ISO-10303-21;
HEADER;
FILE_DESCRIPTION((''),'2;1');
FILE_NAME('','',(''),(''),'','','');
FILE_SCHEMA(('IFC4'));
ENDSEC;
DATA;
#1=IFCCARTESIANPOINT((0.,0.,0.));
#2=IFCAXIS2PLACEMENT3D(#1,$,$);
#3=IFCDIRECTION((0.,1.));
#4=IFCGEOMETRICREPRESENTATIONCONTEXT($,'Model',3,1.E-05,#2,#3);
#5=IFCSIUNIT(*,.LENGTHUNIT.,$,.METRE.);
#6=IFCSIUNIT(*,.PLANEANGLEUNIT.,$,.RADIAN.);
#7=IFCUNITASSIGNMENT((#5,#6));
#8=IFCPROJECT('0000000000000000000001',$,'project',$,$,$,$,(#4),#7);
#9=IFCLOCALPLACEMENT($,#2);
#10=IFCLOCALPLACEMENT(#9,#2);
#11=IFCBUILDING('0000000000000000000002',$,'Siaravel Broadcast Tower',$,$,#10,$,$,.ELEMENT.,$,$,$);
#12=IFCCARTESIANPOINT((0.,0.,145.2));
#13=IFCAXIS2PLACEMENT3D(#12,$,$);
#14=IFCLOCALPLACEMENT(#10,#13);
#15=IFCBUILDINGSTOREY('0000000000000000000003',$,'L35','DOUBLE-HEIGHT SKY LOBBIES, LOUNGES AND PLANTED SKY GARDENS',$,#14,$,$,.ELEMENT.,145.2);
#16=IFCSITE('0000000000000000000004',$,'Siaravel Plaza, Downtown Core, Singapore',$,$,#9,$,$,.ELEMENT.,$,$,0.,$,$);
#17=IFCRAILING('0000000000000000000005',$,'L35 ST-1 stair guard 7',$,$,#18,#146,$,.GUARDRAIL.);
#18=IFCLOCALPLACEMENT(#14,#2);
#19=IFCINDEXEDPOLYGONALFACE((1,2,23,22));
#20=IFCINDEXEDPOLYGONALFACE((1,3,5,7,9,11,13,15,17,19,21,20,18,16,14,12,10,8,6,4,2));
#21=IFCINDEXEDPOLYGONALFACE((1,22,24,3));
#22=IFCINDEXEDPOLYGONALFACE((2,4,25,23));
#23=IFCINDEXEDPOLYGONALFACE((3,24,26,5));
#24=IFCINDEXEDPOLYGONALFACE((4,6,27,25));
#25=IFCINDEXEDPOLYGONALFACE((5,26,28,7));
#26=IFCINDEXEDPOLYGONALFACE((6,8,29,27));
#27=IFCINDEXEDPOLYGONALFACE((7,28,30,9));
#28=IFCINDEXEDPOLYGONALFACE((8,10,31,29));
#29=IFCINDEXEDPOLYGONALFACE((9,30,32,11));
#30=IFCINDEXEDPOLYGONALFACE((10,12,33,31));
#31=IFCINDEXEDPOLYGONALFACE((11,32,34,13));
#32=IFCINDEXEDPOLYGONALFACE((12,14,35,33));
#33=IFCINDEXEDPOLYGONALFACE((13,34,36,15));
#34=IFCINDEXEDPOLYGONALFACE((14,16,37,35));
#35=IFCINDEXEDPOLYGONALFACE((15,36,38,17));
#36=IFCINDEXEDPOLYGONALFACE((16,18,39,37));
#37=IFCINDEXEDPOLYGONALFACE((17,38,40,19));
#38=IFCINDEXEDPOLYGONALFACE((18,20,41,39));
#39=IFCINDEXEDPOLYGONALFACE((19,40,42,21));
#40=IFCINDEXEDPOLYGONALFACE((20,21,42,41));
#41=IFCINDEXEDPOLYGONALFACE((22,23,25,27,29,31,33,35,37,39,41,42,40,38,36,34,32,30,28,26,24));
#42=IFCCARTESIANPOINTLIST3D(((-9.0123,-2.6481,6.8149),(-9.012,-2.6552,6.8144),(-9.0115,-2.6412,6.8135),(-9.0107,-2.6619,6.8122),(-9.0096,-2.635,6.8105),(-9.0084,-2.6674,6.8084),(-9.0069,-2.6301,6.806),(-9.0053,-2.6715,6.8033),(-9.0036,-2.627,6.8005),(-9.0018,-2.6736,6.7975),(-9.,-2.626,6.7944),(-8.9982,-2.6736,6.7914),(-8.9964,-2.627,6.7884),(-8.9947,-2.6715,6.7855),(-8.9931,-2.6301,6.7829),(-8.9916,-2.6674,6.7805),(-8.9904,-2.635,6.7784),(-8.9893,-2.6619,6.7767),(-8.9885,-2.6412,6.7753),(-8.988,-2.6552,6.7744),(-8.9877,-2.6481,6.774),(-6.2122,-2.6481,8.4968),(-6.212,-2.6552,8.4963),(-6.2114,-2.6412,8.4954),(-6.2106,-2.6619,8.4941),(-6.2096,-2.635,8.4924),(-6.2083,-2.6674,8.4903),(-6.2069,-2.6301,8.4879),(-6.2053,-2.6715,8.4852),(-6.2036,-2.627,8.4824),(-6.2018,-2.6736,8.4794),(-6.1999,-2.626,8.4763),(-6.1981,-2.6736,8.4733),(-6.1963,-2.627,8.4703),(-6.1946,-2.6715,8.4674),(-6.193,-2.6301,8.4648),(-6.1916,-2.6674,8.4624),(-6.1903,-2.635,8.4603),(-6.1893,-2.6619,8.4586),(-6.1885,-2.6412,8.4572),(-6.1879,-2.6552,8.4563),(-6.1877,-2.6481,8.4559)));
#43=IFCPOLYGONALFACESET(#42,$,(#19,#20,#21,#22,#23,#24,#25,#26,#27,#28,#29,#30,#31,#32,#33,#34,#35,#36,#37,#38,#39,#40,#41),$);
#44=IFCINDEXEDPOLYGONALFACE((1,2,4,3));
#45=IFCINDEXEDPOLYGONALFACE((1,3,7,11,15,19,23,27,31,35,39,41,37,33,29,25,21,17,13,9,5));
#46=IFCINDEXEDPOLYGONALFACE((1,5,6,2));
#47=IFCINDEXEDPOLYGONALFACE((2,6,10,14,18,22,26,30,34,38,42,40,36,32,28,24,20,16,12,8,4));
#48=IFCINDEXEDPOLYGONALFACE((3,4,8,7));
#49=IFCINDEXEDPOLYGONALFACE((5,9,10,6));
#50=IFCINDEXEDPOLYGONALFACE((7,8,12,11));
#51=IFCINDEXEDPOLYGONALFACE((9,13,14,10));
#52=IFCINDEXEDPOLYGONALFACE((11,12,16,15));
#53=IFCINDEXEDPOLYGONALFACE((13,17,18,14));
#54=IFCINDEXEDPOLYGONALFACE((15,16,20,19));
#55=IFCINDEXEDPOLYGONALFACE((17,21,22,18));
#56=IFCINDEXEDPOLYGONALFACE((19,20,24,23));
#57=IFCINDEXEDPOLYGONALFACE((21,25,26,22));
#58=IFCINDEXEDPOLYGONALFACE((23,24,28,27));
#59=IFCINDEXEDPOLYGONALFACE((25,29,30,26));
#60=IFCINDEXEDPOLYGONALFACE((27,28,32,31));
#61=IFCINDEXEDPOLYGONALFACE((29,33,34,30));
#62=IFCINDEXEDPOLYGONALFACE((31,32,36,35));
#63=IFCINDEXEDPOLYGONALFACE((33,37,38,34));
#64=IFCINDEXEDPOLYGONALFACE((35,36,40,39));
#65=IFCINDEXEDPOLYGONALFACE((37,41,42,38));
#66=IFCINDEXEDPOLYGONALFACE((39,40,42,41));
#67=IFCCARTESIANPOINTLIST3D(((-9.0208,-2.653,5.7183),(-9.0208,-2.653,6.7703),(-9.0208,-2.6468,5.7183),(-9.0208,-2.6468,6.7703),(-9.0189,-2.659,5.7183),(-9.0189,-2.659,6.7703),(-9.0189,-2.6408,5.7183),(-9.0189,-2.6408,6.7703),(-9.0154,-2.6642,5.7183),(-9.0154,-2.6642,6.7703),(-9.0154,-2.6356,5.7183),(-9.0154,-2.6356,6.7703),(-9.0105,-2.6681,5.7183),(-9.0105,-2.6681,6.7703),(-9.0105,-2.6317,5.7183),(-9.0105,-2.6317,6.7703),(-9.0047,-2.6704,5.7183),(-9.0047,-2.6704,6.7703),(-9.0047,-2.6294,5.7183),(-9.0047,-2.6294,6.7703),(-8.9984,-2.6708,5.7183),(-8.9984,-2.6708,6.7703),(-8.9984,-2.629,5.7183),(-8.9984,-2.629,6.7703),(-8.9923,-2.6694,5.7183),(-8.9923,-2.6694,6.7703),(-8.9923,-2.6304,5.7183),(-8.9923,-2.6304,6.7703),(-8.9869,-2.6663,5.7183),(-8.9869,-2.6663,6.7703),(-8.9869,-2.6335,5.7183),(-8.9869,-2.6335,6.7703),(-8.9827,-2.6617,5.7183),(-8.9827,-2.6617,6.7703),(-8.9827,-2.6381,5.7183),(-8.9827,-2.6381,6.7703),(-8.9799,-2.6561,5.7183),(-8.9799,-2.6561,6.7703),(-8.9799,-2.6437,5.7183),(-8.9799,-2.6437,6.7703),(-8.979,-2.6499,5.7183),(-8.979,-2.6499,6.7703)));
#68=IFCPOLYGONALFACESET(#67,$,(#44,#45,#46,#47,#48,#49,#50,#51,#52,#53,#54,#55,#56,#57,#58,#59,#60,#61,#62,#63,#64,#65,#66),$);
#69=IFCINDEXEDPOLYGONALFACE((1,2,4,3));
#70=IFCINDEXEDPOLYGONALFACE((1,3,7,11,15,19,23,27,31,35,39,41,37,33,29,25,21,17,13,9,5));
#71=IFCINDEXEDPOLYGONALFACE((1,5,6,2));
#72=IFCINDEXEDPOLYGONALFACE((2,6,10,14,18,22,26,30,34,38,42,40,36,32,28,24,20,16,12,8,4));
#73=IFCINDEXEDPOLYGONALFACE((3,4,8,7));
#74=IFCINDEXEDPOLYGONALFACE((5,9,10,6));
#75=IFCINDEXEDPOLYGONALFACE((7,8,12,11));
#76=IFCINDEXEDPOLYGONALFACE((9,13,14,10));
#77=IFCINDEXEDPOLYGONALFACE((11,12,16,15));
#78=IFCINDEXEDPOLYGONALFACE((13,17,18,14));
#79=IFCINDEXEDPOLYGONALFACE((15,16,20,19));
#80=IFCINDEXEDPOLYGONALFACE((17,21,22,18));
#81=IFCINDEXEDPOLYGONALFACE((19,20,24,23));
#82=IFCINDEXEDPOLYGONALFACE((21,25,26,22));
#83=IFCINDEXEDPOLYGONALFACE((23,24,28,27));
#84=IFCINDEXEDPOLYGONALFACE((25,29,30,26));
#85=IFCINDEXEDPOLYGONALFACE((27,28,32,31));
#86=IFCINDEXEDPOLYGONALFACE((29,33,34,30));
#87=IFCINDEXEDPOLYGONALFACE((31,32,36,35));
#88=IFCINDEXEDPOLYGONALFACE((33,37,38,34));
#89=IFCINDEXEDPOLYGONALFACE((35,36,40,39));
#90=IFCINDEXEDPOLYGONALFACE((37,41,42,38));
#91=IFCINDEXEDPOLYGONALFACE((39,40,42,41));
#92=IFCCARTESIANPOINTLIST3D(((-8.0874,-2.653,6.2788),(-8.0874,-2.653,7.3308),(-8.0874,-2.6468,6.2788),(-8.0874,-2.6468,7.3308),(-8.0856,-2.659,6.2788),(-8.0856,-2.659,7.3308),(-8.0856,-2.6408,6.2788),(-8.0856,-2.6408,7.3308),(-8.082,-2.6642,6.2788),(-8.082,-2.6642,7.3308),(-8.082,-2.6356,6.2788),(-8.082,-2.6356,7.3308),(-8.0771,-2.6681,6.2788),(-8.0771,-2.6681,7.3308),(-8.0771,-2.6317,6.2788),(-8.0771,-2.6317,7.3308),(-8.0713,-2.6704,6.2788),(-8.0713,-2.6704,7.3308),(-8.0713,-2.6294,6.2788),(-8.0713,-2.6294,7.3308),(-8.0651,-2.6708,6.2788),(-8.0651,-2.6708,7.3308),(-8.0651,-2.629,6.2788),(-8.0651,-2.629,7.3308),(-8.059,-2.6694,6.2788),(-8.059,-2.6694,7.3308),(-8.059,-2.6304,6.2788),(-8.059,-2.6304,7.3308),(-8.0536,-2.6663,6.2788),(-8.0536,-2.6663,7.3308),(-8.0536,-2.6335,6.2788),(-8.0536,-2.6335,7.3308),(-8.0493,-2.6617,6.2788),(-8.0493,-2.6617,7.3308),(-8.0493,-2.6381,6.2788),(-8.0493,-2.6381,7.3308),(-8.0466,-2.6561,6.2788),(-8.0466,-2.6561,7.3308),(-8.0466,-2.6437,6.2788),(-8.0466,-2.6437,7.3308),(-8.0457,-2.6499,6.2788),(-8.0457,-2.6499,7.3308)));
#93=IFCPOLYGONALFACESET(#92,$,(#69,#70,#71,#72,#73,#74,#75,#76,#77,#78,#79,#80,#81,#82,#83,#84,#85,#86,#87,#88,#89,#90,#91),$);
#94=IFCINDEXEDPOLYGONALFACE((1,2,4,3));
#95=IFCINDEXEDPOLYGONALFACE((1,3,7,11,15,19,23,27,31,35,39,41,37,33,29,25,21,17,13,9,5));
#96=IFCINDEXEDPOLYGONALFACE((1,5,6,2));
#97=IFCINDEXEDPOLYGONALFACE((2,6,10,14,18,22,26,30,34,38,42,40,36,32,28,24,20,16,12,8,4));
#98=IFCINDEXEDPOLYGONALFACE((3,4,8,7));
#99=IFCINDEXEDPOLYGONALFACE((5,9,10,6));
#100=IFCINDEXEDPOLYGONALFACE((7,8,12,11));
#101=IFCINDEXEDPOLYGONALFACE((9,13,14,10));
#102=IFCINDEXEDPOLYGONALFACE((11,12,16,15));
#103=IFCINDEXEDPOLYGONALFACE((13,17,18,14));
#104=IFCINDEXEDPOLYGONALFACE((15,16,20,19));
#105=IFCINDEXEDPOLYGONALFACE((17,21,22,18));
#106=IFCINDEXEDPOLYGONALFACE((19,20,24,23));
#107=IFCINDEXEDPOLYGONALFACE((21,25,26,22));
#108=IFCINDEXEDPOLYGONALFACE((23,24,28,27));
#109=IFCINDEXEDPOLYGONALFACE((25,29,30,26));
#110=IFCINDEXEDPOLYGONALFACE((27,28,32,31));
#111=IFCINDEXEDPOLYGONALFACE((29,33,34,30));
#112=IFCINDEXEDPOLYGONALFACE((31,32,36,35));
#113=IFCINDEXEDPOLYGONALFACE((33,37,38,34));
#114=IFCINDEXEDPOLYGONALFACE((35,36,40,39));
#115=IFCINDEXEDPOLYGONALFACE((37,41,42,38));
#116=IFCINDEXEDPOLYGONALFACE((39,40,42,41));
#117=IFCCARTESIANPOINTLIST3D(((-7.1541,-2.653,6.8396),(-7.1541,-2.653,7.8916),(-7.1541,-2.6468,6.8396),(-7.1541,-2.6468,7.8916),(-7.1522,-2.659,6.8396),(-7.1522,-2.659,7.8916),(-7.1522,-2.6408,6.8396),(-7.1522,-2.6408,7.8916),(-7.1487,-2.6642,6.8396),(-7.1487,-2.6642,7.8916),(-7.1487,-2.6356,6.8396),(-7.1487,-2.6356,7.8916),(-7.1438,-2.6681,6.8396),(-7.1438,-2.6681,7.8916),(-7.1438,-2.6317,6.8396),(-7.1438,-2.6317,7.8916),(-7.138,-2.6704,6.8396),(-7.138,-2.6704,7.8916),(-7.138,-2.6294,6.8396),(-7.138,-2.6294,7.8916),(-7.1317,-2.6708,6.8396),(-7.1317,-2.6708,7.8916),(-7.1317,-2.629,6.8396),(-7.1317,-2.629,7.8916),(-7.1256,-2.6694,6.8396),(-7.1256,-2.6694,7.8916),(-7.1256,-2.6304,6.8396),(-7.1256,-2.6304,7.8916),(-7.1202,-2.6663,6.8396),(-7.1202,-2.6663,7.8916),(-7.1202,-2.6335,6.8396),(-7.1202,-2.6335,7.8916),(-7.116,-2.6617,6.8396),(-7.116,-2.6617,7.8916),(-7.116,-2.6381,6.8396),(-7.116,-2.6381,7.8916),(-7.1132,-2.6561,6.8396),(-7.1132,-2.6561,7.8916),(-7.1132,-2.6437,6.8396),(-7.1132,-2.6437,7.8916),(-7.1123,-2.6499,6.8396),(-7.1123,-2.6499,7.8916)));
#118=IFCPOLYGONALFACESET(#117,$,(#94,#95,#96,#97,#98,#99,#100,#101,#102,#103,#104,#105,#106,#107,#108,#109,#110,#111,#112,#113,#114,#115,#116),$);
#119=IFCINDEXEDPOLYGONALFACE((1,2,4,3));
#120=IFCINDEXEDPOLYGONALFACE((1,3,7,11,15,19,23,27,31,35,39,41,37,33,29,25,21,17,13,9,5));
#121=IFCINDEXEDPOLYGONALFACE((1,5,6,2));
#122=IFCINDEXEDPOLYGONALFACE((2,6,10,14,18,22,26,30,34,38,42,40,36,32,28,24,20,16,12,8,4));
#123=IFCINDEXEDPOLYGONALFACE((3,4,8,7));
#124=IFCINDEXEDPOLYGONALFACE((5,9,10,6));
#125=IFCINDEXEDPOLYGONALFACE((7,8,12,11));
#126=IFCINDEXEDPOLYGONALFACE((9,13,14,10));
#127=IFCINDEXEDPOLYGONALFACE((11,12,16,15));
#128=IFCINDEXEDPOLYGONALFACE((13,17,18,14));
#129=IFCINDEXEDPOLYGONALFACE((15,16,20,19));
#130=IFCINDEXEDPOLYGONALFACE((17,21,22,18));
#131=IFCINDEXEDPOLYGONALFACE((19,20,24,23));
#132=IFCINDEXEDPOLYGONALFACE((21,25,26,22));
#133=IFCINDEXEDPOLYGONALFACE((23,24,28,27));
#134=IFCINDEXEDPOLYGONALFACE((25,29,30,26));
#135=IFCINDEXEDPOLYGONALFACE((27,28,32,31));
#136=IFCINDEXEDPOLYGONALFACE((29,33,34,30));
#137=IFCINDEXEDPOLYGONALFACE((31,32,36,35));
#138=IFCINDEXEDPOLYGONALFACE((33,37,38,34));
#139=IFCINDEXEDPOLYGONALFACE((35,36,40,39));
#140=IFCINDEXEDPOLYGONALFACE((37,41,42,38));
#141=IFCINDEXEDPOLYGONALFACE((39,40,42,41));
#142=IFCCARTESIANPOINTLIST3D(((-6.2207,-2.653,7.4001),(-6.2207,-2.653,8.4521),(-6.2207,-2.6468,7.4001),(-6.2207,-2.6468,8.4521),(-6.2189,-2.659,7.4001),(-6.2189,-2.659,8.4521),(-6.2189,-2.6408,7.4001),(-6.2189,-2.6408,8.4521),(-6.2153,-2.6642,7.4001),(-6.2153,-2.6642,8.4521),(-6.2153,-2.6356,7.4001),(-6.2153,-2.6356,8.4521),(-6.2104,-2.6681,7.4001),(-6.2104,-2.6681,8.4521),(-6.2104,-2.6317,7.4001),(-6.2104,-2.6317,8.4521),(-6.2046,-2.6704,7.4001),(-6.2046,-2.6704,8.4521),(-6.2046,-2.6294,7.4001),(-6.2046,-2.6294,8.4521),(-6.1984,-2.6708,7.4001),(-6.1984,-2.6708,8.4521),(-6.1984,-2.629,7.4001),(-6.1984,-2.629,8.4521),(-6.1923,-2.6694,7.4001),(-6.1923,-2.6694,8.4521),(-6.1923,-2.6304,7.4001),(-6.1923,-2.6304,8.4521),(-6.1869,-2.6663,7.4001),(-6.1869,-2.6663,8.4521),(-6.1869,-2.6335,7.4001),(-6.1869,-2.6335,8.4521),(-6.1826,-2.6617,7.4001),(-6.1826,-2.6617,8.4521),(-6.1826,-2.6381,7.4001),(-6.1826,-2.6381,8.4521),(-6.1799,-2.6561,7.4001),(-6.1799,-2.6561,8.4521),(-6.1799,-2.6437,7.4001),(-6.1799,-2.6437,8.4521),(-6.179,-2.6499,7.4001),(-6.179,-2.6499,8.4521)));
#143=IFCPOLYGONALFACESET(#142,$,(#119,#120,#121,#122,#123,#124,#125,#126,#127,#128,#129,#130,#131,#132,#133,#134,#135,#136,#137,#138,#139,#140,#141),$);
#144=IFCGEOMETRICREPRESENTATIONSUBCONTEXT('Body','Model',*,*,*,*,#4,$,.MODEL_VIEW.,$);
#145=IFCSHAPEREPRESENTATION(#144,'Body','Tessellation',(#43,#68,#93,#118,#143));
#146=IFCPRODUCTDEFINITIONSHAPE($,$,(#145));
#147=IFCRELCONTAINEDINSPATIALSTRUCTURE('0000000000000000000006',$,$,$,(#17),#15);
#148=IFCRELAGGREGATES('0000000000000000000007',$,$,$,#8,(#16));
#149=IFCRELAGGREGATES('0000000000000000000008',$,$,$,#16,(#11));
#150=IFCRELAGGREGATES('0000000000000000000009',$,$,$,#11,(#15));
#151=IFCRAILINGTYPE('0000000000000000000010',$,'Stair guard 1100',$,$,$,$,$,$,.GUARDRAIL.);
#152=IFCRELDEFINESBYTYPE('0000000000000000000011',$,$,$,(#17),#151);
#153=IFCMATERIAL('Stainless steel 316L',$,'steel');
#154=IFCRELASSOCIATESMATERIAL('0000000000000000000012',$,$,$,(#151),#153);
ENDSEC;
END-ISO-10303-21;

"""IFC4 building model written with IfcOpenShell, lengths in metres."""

from ifc_helpers import new_model, si_unit, direction, frame, origin, origin_2d, place, context, subcontext, project, spatial, circle, extrude, material, type_object, element, save


model = new_model("IFC4")

# Units and contexts
model_context = context("Model", 3, precision=1e-05, world=origin(), true_north=direction((0.0, 1.0)))
body_context = subcontext(model_context, "Body", "Model", "MODEL_VIEW")
ifc_project = project(units=[si_unit("LENGTHUNIT", "METRE"), si_unit("PLANEANGLEUNIT", "RADIAN")], contexts=[model_context])

# Site, building, storey
site_placement = place(None, origin())
site = spatial("IfcSite", under=ifc_project, at=site_placement, Name="Siaravel Plaza, Downtown Core, Singapore", CompositionType="ELEMENT", RefElevation=0.0)
building_placement = place(site_placement, origin())
building = spatial("IfcBuilding", under=site, at=building_placement, Name="Siaravel Broadcast Tower", CompositionType="ELEMENT")
storey_placement = place(building_placement, frame((0.0, 0.0, 145.2)))
storey = spatial("IfcBuildingStorey", under=building, at=storey_placement, Name="L35", Description="DOUBLE-HEIGHT SKY LOBBIES, LOUNGES AND PLANTED SKY GARDENS", CompositionType="ELEMENT", Elevation=145.2)

# Railing
ifc_material_1 = material(Name="Stainless steel 316L", Category="steel")
railing_type_1 = type_object("IfcRailingType", Name="Stair guard 1100", PredefinedType="GUARDRAIL", material=ifc_material_1)
railing_1_placement = place(storey_placement, frame((-9.0, -2.6499, 5.7183)))
element("IfcRailing", 1, at=railing_1_placement, inside=storey, type_object=railing_type_1, Name="L35 ST-1 stair guard 7", PredefinedType="GUARDRAIL", context=body_context, shape_type="SweptSolid", body=[
    extrude(circle(Radius=0.0239, at=origin_2d()), frame((0.0, 0.0, 1.0762), z_axis=(0.857242, 0.0, 0.514913), x_axis=(0.0, 1.0, 0.0)), (0.0, 0.0, 1.0), 3.2664),
    extrude(circle(Radius=0.021, at=origin_2d()), origin(), (0.0, 0.0, 1.0), 1.052),
    extrude(circle(Radius=0.021, at=origin_2d()), frame((0.9333, 0.0, 0.5605)), (0.0, 0.0, 1.0), 1.052),
    extrude(circle(Radius=0.021, at=origin_2d()), frame((1.8667, 0.0, 1.1213)), (0.0, 0.0, 1.0), 1.052),
    extrude(circle(Radius=0.021, at=origin_2d()), frame((2.8, 0.0, 1.6819)), (0.0, 0.0, 1.0), 1.052),
])

save(model, "model.ifc")
